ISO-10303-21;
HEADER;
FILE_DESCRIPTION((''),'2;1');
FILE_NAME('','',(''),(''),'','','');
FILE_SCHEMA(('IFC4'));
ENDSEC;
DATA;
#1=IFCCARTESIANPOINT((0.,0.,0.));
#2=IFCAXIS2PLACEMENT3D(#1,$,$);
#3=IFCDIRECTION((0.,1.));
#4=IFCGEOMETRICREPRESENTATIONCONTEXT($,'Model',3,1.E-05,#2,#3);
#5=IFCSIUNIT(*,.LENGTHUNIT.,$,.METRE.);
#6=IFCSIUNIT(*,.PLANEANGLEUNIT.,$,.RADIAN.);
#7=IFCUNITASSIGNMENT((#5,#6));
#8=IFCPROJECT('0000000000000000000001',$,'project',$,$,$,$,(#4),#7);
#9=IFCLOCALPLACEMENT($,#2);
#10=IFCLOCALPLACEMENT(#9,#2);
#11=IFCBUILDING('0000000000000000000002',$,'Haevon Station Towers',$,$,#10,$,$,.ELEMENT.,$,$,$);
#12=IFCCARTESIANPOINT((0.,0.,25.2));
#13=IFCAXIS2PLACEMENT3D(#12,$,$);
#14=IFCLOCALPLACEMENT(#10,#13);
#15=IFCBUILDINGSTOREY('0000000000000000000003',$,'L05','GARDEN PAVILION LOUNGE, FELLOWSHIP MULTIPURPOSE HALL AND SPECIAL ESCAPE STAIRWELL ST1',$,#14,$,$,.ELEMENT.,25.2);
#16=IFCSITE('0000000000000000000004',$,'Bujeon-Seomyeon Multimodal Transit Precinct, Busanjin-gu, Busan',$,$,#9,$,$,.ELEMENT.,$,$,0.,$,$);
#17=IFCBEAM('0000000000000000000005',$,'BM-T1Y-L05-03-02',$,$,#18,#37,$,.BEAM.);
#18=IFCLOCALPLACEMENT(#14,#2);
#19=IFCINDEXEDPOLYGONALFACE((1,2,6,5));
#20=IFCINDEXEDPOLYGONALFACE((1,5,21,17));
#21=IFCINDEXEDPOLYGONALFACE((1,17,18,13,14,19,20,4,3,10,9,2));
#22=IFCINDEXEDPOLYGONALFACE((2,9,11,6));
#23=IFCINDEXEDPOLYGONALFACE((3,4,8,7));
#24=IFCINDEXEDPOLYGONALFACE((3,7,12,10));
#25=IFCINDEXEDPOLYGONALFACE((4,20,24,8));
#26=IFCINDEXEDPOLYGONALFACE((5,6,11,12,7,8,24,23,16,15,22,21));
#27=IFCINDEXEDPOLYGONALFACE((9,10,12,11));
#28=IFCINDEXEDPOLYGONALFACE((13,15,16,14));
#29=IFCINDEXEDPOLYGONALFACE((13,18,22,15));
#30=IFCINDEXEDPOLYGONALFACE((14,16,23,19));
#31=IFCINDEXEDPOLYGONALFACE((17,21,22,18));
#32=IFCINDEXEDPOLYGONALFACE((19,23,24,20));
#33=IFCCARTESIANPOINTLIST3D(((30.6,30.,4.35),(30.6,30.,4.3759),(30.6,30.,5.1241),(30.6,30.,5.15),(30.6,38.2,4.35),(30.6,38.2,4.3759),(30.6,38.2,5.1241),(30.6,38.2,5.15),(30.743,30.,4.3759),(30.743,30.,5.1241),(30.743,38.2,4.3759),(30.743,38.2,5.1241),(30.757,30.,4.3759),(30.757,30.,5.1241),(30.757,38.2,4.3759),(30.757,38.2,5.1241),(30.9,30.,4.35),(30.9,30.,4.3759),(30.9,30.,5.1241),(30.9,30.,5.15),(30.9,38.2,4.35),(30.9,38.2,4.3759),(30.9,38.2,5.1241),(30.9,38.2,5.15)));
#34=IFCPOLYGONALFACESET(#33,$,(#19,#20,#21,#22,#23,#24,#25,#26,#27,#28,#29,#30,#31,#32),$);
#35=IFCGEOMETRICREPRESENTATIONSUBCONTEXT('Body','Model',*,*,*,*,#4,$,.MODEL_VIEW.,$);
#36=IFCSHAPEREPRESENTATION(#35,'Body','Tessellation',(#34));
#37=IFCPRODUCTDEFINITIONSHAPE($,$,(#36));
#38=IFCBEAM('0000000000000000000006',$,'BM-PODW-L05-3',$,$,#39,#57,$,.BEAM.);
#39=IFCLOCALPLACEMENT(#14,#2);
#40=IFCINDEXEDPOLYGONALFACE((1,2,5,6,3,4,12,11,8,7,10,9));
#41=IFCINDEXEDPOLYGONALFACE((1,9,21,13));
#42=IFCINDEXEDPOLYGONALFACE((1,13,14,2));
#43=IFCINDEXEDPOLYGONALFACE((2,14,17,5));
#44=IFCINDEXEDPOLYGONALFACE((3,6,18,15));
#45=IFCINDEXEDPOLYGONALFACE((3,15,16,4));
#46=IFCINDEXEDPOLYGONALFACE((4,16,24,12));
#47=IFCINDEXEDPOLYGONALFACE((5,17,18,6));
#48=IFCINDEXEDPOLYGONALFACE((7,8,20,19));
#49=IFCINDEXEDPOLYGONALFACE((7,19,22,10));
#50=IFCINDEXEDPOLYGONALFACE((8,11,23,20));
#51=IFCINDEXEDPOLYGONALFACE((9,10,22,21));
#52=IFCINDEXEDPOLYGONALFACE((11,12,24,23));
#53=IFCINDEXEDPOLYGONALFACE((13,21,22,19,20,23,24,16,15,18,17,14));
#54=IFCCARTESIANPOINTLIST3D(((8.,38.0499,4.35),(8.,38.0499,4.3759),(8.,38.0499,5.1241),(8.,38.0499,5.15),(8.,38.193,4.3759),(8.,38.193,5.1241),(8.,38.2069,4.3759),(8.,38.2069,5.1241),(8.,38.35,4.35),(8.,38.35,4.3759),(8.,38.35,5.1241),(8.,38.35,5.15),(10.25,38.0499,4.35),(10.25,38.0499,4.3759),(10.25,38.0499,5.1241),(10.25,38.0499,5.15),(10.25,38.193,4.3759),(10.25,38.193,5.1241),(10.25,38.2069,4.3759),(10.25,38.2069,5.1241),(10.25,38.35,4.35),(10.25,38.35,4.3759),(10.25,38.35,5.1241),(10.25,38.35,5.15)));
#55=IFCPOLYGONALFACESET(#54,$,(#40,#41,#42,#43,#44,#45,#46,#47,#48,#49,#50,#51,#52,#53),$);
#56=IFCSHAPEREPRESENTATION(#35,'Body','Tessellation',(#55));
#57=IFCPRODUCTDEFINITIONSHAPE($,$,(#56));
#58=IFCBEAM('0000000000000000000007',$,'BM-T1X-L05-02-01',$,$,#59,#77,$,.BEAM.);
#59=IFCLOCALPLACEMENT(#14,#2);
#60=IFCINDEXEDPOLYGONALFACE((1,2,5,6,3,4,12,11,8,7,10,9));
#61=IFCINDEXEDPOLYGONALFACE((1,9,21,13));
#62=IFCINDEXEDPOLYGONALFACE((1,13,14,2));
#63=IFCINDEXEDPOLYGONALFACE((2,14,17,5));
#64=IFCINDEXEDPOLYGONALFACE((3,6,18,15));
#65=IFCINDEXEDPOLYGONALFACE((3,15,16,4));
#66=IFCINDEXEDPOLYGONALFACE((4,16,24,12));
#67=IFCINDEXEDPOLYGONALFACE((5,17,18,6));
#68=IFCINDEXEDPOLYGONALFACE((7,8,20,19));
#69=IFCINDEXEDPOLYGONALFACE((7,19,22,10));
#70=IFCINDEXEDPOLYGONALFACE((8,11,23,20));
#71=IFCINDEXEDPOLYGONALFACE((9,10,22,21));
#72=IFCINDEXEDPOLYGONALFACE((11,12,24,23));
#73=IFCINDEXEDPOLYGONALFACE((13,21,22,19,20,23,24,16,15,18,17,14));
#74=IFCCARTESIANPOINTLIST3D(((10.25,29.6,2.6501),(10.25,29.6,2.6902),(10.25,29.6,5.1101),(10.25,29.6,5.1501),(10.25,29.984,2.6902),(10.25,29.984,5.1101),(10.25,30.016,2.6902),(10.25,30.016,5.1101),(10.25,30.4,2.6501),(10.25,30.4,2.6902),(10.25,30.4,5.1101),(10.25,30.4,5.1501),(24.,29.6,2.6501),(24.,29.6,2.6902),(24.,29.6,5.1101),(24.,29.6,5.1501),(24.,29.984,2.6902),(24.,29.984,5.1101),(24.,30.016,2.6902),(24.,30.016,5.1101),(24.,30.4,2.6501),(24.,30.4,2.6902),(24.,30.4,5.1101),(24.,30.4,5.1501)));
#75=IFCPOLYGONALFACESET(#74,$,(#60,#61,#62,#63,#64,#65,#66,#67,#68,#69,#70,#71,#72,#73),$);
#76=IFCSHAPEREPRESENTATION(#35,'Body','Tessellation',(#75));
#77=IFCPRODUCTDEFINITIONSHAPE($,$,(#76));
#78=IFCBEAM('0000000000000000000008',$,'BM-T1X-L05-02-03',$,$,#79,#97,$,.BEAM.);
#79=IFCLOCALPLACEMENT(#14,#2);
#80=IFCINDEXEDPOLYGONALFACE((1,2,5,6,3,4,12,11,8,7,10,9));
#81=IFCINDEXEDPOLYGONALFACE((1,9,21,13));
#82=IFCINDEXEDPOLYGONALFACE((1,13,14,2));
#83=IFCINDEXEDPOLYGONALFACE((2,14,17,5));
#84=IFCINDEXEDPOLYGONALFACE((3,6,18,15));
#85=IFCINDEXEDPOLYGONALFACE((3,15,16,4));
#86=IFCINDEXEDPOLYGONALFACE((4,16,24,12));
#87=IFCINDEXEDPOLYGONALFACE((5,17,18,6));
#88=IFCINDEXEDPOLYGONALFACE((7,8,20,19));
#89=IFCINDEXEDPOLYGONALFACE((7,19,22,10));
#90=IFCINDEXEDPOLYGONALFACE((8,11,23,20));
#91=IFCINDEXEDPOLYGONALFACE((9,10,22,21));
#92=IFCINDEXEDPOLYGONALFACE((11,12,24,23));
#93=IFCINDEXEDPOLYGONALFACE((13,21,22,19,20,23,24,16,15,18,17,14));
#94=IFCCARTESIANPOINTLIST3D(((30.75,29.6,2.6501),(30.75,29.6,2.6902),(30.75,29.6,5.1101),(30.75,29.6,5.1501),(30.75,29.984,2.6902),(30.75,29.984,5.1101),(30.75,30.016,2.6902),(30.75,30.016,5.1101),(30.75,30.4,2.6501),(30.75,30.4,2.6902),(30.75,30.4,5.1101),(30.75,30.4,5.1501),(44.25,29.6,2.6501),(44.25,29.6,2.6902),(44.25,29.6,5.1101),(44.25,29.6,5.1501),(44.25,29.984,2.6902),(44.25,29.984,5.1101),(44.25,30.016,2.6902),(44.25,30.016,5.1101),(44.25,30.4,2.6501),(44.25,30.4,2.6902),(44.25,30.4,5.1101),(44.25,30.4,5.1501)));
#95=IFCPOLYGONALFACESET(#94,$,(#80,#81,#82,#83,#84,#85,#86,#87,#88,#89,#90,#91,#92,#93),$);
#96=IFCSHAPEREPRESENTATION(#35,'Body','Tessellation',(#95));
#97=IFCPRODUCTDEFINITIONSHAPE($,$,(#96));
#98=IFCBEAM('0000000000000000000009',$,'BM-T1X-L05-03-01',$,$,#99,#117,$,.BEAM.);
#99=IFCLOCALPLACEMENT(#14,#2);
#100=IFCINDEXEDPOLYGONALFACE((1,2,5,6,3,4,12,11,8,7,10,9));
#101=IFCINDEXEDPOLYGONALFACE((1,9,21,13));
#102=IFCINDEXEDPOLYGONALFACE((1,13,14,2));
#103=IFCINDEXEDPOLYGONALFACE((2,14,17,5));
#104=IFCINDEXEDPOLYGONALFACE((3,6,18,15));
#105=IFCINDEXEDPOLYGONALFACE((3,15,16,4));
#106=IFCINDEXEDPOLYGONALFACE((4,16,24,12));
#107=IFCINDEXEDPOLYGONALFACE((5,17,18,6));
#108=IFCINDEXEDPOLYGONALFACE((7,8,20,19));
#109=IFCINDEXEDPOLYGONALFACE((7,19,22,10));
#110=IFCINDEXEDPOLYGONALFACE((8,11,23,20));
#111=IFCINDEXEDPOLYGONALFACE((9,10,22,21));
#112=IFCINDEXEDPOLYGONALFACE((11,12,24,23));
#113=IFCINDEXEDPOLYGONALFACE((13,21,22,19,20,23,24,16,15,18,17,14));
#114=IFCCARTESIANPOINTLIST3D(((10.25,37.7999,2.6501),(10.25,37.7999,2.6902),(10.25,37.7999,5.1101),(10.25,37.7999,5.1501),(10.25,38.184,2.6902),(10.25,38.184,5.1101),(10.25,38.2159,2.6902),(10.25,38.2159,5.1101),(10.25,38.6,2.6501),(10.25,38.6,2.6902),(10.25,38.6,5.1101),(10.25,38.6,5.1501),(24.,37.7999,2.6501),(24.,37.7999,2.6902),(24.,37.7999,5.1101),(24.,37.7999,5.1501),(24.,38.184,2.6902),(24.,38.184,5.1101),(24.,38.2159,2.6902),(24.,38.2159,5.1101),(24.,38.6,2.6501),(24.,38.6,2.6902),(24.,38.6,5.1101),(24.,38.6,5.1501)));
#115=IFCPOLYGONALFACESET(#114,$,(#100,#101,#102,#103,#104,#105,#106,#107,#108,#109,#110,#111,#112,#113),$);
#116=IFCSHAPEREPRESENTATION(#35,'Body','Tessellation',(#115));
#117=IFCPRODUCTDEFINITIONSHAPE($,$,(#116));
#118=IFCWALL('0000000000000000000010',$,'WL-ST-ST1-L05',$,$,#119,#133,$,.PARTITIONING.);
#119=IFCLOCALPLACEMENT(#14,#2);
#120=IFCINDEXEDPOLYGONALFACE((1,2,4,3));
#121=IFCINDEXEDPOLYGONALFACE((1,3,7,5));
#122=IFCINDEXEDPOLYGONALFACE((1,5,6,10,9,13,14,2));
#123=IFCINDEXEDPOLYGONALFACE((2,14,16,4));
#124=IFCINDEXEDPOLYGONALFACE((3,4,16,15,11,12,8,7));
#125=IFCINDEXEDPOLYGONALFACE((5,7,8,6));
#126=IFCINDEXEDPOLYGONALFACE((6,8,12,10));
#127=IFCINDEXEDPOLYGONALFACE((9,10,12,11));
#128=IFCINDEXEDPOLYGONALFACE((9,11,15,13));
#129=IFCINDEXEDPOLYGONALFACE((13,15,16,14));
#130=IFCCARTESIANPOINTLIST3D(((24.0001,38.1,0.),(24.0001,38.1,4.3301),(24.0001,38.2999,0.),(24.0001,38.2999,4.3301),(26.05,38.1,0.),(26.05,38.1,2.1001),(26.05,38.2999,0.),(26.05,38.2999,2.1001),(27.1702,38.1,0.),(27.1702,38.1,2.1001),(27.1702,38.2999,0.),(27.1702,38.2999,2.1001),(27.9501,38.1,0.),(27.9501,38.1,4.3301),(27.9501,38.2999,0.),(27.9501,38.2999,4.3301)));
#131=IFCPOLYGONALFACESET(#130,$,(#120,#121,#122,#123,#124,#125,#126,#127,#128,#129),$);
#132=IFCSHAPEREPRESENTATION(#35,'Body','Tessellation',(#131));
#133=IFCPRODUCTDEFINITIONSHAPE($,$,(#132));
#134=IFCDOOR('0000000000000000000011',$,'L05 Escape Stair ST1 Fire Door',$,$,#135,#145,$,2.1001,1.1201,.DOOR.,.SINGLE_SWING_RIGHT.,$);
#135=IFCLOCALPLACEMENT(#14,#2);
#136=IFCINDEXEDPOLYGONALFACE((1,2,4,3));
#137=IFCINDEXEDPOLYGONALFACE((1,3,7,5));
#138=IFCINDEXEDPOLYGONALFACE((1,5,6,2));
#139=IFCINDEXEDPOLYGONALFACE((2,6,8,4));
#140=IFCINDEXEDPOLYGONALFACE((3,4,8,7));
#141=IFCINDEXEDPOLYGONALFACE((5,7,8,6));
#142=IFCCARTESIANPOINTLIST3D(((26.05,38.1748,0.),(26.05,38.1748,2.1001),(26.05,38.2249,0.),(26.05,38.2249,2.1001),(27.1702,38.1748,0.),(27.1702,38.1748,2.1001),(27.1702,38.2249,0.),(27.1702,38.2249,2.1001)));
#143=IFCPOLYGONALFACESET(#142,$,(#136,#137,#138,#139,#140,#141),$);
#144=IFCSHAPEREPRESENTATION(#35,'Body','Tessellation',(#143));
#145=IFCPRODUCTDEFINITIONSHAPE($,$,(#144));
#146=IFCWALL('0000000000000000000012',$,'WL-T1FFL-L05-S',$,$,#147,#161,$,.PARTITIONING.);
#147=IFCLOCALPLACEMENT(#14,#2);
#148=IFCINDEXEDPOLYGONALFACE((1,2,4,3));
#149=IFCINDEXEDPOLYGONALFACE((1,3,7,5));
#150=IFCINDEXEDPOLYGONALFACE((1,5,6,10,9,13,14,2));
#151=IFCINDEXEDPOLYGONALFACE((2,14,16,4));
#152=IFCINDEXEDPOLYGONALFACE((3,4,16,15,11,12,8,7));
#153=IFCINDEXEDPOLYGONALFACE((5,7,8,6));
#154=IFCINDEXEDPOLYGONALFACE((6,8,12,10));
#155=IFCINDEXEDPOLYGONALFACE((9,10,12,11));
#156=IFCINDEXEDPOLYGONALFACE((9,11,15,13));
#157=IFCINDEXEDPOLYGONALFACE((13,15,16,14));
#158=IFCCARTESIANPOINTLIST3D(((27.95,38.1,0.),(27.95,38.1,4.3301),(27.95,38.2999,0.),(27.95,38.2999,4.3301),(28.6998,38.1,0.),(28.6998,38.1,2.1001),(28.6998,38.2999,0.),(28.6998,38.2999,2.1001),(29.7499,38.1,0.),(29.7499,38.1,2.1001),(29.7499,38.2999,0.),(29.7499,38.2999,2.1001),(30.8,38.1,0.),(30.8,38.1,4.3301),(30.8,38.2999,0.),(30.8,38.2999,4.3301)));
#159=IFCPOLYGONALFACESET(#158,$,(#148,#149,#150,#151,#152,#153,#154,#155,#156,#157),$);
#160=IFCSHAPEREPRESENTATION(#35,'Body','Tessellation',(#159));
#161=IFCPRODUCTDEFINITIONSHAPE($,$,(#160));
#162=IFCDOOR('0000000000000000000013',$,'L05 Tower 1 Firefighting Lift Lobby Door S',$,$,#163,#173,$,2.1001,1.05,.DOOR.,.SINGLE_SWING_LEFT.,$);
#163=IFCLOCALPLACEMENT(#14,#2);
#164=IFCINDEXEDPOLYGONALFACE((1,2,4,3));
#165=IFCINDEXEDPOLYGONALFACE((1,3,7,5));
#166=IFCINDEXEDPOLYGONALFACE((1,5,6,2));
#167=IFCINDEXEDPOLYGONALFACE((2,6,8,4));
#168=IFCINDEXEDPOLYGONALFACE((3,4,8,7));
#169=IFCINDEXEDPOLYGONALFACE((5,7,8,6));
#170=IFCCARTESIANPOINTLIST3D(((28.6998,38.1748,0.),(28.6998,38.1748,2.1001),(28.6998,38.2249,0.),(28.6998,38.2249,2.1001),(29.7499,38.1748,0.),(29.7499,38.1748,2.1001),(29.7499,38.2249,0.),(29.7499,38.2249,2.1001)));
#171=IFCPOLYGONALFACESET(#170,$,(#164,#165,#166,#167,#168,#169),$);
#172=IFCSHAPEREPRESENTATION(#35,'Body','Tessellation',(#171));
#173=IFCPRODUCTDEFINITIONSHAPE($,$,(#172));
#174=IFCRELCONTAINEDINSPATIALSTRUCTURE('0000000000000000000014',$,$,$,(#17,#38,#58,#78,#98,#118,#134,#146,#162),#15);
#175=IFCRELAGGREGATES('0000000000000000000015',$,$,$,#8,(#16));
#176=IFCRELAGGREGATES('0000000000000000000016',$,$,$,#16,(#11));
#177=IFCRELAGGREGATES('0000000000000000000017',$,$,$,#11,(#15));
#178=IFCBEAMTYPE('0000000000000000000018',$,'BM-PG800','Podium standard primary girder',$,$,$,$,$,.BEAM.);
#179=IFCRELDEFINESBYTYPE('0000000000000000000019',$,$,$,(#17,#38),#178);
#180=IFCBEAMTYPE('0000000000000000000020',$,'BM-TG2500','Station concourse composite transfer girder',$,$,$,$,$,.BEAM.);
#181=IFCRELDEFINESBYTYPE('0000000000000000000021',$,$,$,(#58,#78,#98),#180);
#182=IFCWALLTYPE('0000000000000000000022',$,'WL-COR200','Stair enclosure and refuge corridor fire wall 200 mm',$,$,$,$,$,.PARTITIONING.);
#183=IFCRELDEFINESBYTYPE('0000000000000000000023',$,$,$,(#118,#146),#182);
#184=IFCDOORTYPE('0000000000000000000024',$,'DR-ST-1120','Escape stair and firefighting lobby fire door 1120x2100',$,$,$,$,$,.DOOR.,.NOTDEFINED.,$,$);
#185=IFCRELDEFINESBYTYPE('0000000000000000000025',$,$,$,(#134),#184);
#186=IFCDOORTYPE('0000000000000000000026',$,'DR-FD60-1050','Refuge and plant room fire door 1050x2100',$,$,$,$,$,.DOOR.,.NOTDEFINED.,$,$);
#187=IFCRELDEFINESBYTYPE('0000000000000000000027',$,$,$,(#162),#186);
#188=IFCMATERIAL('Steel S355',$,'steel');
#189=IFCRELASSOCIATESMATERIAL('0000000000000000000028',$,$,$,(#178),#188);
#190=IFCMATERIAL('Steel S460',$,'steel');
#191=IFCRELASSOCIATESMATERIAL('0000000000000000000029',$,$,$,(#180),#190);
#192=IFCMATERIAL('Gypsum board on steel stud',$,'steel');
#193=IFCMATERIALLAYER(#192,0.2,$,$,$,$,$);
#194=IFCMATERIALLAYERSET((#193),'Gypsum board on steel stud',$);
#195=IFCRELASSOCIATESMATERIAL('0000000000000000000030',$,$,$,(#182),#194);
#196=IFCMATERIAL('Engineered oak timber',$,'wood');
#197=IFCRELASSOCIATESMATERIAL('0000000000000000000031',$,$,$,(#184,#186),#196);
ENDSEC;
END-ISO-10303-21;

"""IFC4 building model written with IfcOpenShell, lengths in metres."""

from ifc_helpers import new_model, si_unit, direction, frame, frame_2d, origin, origin_2d, place, context, subcontext, project, spatial, rectangle, i_section, extrude, material, layer, layer_set, material_profile, profile_set, type_object, element, fill, save


model = new_model("IFC4")

# Units and contexts
model_context = context("Model", 3, precision=1e-05, world=origin(), true_north=direction((0.0, 1.0)))
body_context = subcontext(model_context, "Body", "Model", "MODEL_VIEW")
ifc_project = project(units=[si_unit("LENGTHUNIT", "METRE"), si_unit("PLANEANGLEUNIT", "RADIAN")], contexts=[model_context])

# Site, building, storey
site_placement = place(None, origin())
site = spatial("IfcSite", under=ifc_project, at=site_placement, Name="Bujeon-Seomyeon Multimodal Transit Precinct, Busanjin-gu, Busan", CompositionType="ELEMENT", RefElevation=0.0)
building_placement = place(site_placement, origin())
building = spatial("IfcBuilding", under=site, at=building_placement, Name="Haevon Station Towers", CompositionType="ELEMENT")
storey_placement = place(building_placement, frame((0.0, 0.0, 25.2)))
storey = spatial("IfcBuildingStorey", under=building, at=storey_placement, Name="L05", Description="GARDEN PAVILION LOUNGE, FELLOWSHIP MULTIPURPOSE HALL AND SPECIAL ESCAPE STAIRWELL ST1", CompositionType="ELEMENT", Elevation=25.2)

# Shared definitions
ifc_material_1 = material(Name="Steel S460", Category="steel")

# Beams
ifc_material_2 = material(Name="Steel S355", Category="steel")
ifc_material_profile_1 = material_profile(ifc_material_2, i_section(OverallWidth=0.3, OverallDepth=0.8, WebThickness=0.0139, FlangeThickness=0.0259, at=origin_2d()), Name="H-800x300x14x26")
ifc_profile_set_1 = profile_set([ifc_material_profile_1], Name="Steel S355")
beam_type_1 = type_object("IfcBeamType", Name="BM-PG800", Description="Podium standard primary girder", PredefinedType="BEAM", material=ifc_profile_set_1)
beam_1_placement = place(storey_placement, frame((30.75, 30.0, 4.75), z_axis=(0.0, 1.0, 0.0), x_axis=(-1.0, 0.0, 0.0)))
element("IfcBeam", 1, at=beam_1_placement, inside=storey, type_object=beam_type_1, Name="BM-T1Y-L05-03-02", PredefinedType="BEAM", context=body_context, shape_type="SweptSolid", body=[
    extrude(i_section(OverallWidth=0.3, OverallDepth=0.8, WebThickness=0.0139, FlangeThickness=0.0259, at=origin_2d()), origin(), (0.0, 0.0, 1.0), 8.2),
])
beam_2_placement = place(storey_placement, frame((8.0, 38.2, 4.75), z_axis=(1.0, 0.0, 0.0), x_axis=(0.0, 1.0, 0.0)))
element("IfcBeam", 2, at=beam_2_placement, inside=storey, type_object=beam_type_1, Name="BM-PODW-L05-3", PredefinedType="BEAM", context=body_context, shape_type="SweptSolid", body=[
    extrude(i_section(OverallWidth=0.3, OverallDepth=0.8, WebThickness=0.0139, FlangeThickness=0.0259, at=origin_2d()), origin(), (0.0, 0.0, 1.0), 2.25),
])
ifc_material_profile_2 = material_profile(ifc_material_1, i_section(OverallWidth=0.8, OverallDepth=2.5, WebThickness=0.032, FlangeThickness=0.04, at=origin_2d()), Name="H-2500x800x32x40")
ifc_profile_set_2 = profile_set([ifc_material_profile_2], Name="Steel S460")
beam_type_2 = type_object("IfcBeamType", Name="BM-TG2500", Description="Station concourse composite transfer girder", PredefinedType="BEAM", material=ifc_profile_set_2)
beam_3_placement = place(storey_placement, frame((10.25, 30.0, 3.9001), z_axis=(1.0, 0.0, 0.0), x_axis=(0.0, 1.0, 0.0)))
element("IfcBeam", 3, at=beam_3_placement, inside=storey, type_object=beam_type_2, Name="BM-T1X-L05-02-01", PredefinedType="BEAM", context=body_context, shape_type="SweptSolid", body=[
    extrude(i_section(OverallWidth=0.8, OverallDepth=2.5, WebThickness=0.032, FlangeThickness=0.04, at=origin_2d()), origin(), (0.0, 0.0, 1.0), 13.75),
])
beam_4_placement = place(storey_placement, frame((30.75, 30.0, 3.9001), z_axis=(1.0, 0.0, 0.0), x_axis=(0.0, 1.0, 0.0)))
element("IfcBeam", 4, at=beam_4_placement, inside=storey, type_object=beam_type_2, Name="BM-T1X-L05-02-03", PredefinedType="BEAM", context=body_context, shape_type="SweptSolid", body=[
    extrude(i_section(OverallWidth=0.8, OverallDepth=2.5, WebThickness=0.032, FlangeThickness=0.04, at=origin_2d()), origin(), (0.0, 0.0, 1.0), 13.5),
])
beam_5_placement = place(storey_placement, frame((10.25, 38.2, 3.9001), z_axis=(1.0, 0.0, 0.0), x_axis=(0.0, 1.0, 0.0)))
element("IfcBeam", 5, at=beam_5_placement, inside=storey, type_object=beam_type_2, Name="BM-T1X-L05-03-01", PredefinedType="BEAM", context=body_context, shape_type="SweptSolid", body=[
    extrude(i_section(OverallWidth=0.8, OverallDepth=2.5, WebThickness=0.032, FlangeThickness=0.04, at=origin_2d()), origin(), (0.0, 0.0, 1.0), 13.75),
])

# Walls, openings, doors
ifc_material_3 = material(Name="Gypsum board on steel stud", Category="steel")
ifc_layer_1 = layer(ifc_material_3, 0.2)
ifc_layer_set_1 = layer_set([ifc_layer_1], Name="Gypsum board on steel stud")
wall_type_1 = type_object("IfcWallType", Name="WL-COR200", Description="Stair enclosure and refuge corridor fire wall 200 mm", PredefinedType="PARTITIONING", material=ifc_layer_set_1)
wall_1_placement = place(storey_placement, frame((24.0, 38.2, 0.0), z_axis=(0.0, 0.0, 1.0), x_axis=(1.0, 0.0, 0.0)))
wall_1 = element("IfcWall", 6, at=wall_1_placement, inside=storey, type_object=wall_type_1, Name="WL-ST-ST1-L05", PredefinedType="PARTITIONING", context=body_context, shape_type="SweptSolid", body=[
    extrude(rectangle(XDim=3.95, YDim=0.2, at=frame_2d((1.9751, 0.0))), origin(), (0.0, 0.0, 1.0), 4.3301),
])
opening_1_placement = place(wall_1_placement, frame((2.05, 0.0, 0.0)))
opening_1 = element("IfcOpeningElement", 7, at=opening_1_placement, cuts=wall_1, PredefinedType="OPENING", context=body_context, shape_type="SweptSolid", body=[
    extrude(rectangle(XDim=1.1201, YDim=2.1001, at=frame_2d((0.5601, 1.05))), frame((0.0, 0.1099, 0.0), z_axis=(0.0, -1.0, 0.0), x_axis=(1.0, 0.0, 0.0)), (0.0, 0.0, 1.0), 0.22),
])
ifc_material_4 = material(Name="Engineered oak timber", Category="wood")
door_type_1 = type_object("IfcDoorType", Name="DR-ST-1120", Description="Escape stair and firefighting lobby fire door 1120x2100", OperationType="NOTDEFINED", PredefinedType="DOOR", material=ifc_material_4)
door_1_placement = place(opening_1_placement, origin())
door_1 = element("IfcDoor", 8, at=door_1_placement, inside=storey, type_object=door_type_1, Name="L05 Escape Stair ST1 Fire Door", OperationType="SINGLE_SWING_RIGHT", OverallHeight=2.1001, OverallWidth=1.1201, PredefinedType="DOOR", context=body_context, shape_type="SweptSolid", body=[
    extrude(rectangle(XDim=1.1201, YDim=2.1001, at=frame_2d((0.5601, 1.05))), frame((0.0, 0.0249, 0.0), z_axis=(0.0, -1.0, 0.0), x_axis=(1.0, 0.0, 0.0)), (0.0, 0.0, 1.0), 0.05),
])
fill(opening_1, door_1)
wall_2_placement = place(storey_placement, frame((27.95, 38.2, 0.0), z_axis=(0.0, 0.0, 1.0), x_axis=(1.0, 0.0, 0.0)))
wall_2 = element("IfcWall", 9, at=wall_2_placement, inside=storey, type_object=wall_type_1, Name="WL-T1FFL-L05-S", PredefinedType="PARTITIONING", context=body_context, shape_type="SweptSolid", body=[
    extrude(rectangle(XDim=2.8501, YDim=0.2, at=frame_2d((1.425, 0.0))), origin(), (0.0, 0.0, 1.0), 4.3301),
])
opening_2_placement = place(wall_2_placement, frame((0.75, 0.0, 0.0)))
opening_2 = element("IfcOpeningElement", 10, at=opening_2_placement, cuts=wall_2, PredefinedType="OPENING", context=body_context, shape_type="SweptSolid", body=[
    extrude(rectangle(XDim=1.05, YDim=2.1001, at=frame_2d((0.5249, 1.05))), frame((0.0, 0.1099, 0.0), z_axis=(0.0, -1.0, 0.0), x_axis=(1.0, 0.0, 0.0)), (0.0, 0.0, 1.0), 0.22),
])
door_type_2 = type_object("IfcDoorType", Name="DR-FD60-1050", Description="Refuge and plant room fire door 1050x2100", OperationType="NOTDEFINED", PredefinedType="DOOR", material=ifc_material_4)
door_2_placement = place(opening_2_placement, origin())
door_2 = element("IfcDoor", 11, at=door_2_placement, inside=storey, type_object=door_type_2, Name="L05 Tower 1 Firefighting Lift Lobby Door S", OperationType="SINGLE_SWING_LEFT", OverallHeight=2.1001, OverallWidth=1.05, PredefinedType="DOOR", context=body_context, shape_type="SweptSolid", body=[
    extrude(rectangle(XDim=1.05, YDim=2.1001, at=frame_2d((0.5249, 1.05))), frame((0.0, 0.0249, 0.0), z_axis=(0.0, -1.0, 0.0), x_axis=(1.0, 0.0, 0.0)), (0.0, 0.0, 1.0), 0.05),
])
fill(opening_2, door_2)

save(model, "model.ifc")
